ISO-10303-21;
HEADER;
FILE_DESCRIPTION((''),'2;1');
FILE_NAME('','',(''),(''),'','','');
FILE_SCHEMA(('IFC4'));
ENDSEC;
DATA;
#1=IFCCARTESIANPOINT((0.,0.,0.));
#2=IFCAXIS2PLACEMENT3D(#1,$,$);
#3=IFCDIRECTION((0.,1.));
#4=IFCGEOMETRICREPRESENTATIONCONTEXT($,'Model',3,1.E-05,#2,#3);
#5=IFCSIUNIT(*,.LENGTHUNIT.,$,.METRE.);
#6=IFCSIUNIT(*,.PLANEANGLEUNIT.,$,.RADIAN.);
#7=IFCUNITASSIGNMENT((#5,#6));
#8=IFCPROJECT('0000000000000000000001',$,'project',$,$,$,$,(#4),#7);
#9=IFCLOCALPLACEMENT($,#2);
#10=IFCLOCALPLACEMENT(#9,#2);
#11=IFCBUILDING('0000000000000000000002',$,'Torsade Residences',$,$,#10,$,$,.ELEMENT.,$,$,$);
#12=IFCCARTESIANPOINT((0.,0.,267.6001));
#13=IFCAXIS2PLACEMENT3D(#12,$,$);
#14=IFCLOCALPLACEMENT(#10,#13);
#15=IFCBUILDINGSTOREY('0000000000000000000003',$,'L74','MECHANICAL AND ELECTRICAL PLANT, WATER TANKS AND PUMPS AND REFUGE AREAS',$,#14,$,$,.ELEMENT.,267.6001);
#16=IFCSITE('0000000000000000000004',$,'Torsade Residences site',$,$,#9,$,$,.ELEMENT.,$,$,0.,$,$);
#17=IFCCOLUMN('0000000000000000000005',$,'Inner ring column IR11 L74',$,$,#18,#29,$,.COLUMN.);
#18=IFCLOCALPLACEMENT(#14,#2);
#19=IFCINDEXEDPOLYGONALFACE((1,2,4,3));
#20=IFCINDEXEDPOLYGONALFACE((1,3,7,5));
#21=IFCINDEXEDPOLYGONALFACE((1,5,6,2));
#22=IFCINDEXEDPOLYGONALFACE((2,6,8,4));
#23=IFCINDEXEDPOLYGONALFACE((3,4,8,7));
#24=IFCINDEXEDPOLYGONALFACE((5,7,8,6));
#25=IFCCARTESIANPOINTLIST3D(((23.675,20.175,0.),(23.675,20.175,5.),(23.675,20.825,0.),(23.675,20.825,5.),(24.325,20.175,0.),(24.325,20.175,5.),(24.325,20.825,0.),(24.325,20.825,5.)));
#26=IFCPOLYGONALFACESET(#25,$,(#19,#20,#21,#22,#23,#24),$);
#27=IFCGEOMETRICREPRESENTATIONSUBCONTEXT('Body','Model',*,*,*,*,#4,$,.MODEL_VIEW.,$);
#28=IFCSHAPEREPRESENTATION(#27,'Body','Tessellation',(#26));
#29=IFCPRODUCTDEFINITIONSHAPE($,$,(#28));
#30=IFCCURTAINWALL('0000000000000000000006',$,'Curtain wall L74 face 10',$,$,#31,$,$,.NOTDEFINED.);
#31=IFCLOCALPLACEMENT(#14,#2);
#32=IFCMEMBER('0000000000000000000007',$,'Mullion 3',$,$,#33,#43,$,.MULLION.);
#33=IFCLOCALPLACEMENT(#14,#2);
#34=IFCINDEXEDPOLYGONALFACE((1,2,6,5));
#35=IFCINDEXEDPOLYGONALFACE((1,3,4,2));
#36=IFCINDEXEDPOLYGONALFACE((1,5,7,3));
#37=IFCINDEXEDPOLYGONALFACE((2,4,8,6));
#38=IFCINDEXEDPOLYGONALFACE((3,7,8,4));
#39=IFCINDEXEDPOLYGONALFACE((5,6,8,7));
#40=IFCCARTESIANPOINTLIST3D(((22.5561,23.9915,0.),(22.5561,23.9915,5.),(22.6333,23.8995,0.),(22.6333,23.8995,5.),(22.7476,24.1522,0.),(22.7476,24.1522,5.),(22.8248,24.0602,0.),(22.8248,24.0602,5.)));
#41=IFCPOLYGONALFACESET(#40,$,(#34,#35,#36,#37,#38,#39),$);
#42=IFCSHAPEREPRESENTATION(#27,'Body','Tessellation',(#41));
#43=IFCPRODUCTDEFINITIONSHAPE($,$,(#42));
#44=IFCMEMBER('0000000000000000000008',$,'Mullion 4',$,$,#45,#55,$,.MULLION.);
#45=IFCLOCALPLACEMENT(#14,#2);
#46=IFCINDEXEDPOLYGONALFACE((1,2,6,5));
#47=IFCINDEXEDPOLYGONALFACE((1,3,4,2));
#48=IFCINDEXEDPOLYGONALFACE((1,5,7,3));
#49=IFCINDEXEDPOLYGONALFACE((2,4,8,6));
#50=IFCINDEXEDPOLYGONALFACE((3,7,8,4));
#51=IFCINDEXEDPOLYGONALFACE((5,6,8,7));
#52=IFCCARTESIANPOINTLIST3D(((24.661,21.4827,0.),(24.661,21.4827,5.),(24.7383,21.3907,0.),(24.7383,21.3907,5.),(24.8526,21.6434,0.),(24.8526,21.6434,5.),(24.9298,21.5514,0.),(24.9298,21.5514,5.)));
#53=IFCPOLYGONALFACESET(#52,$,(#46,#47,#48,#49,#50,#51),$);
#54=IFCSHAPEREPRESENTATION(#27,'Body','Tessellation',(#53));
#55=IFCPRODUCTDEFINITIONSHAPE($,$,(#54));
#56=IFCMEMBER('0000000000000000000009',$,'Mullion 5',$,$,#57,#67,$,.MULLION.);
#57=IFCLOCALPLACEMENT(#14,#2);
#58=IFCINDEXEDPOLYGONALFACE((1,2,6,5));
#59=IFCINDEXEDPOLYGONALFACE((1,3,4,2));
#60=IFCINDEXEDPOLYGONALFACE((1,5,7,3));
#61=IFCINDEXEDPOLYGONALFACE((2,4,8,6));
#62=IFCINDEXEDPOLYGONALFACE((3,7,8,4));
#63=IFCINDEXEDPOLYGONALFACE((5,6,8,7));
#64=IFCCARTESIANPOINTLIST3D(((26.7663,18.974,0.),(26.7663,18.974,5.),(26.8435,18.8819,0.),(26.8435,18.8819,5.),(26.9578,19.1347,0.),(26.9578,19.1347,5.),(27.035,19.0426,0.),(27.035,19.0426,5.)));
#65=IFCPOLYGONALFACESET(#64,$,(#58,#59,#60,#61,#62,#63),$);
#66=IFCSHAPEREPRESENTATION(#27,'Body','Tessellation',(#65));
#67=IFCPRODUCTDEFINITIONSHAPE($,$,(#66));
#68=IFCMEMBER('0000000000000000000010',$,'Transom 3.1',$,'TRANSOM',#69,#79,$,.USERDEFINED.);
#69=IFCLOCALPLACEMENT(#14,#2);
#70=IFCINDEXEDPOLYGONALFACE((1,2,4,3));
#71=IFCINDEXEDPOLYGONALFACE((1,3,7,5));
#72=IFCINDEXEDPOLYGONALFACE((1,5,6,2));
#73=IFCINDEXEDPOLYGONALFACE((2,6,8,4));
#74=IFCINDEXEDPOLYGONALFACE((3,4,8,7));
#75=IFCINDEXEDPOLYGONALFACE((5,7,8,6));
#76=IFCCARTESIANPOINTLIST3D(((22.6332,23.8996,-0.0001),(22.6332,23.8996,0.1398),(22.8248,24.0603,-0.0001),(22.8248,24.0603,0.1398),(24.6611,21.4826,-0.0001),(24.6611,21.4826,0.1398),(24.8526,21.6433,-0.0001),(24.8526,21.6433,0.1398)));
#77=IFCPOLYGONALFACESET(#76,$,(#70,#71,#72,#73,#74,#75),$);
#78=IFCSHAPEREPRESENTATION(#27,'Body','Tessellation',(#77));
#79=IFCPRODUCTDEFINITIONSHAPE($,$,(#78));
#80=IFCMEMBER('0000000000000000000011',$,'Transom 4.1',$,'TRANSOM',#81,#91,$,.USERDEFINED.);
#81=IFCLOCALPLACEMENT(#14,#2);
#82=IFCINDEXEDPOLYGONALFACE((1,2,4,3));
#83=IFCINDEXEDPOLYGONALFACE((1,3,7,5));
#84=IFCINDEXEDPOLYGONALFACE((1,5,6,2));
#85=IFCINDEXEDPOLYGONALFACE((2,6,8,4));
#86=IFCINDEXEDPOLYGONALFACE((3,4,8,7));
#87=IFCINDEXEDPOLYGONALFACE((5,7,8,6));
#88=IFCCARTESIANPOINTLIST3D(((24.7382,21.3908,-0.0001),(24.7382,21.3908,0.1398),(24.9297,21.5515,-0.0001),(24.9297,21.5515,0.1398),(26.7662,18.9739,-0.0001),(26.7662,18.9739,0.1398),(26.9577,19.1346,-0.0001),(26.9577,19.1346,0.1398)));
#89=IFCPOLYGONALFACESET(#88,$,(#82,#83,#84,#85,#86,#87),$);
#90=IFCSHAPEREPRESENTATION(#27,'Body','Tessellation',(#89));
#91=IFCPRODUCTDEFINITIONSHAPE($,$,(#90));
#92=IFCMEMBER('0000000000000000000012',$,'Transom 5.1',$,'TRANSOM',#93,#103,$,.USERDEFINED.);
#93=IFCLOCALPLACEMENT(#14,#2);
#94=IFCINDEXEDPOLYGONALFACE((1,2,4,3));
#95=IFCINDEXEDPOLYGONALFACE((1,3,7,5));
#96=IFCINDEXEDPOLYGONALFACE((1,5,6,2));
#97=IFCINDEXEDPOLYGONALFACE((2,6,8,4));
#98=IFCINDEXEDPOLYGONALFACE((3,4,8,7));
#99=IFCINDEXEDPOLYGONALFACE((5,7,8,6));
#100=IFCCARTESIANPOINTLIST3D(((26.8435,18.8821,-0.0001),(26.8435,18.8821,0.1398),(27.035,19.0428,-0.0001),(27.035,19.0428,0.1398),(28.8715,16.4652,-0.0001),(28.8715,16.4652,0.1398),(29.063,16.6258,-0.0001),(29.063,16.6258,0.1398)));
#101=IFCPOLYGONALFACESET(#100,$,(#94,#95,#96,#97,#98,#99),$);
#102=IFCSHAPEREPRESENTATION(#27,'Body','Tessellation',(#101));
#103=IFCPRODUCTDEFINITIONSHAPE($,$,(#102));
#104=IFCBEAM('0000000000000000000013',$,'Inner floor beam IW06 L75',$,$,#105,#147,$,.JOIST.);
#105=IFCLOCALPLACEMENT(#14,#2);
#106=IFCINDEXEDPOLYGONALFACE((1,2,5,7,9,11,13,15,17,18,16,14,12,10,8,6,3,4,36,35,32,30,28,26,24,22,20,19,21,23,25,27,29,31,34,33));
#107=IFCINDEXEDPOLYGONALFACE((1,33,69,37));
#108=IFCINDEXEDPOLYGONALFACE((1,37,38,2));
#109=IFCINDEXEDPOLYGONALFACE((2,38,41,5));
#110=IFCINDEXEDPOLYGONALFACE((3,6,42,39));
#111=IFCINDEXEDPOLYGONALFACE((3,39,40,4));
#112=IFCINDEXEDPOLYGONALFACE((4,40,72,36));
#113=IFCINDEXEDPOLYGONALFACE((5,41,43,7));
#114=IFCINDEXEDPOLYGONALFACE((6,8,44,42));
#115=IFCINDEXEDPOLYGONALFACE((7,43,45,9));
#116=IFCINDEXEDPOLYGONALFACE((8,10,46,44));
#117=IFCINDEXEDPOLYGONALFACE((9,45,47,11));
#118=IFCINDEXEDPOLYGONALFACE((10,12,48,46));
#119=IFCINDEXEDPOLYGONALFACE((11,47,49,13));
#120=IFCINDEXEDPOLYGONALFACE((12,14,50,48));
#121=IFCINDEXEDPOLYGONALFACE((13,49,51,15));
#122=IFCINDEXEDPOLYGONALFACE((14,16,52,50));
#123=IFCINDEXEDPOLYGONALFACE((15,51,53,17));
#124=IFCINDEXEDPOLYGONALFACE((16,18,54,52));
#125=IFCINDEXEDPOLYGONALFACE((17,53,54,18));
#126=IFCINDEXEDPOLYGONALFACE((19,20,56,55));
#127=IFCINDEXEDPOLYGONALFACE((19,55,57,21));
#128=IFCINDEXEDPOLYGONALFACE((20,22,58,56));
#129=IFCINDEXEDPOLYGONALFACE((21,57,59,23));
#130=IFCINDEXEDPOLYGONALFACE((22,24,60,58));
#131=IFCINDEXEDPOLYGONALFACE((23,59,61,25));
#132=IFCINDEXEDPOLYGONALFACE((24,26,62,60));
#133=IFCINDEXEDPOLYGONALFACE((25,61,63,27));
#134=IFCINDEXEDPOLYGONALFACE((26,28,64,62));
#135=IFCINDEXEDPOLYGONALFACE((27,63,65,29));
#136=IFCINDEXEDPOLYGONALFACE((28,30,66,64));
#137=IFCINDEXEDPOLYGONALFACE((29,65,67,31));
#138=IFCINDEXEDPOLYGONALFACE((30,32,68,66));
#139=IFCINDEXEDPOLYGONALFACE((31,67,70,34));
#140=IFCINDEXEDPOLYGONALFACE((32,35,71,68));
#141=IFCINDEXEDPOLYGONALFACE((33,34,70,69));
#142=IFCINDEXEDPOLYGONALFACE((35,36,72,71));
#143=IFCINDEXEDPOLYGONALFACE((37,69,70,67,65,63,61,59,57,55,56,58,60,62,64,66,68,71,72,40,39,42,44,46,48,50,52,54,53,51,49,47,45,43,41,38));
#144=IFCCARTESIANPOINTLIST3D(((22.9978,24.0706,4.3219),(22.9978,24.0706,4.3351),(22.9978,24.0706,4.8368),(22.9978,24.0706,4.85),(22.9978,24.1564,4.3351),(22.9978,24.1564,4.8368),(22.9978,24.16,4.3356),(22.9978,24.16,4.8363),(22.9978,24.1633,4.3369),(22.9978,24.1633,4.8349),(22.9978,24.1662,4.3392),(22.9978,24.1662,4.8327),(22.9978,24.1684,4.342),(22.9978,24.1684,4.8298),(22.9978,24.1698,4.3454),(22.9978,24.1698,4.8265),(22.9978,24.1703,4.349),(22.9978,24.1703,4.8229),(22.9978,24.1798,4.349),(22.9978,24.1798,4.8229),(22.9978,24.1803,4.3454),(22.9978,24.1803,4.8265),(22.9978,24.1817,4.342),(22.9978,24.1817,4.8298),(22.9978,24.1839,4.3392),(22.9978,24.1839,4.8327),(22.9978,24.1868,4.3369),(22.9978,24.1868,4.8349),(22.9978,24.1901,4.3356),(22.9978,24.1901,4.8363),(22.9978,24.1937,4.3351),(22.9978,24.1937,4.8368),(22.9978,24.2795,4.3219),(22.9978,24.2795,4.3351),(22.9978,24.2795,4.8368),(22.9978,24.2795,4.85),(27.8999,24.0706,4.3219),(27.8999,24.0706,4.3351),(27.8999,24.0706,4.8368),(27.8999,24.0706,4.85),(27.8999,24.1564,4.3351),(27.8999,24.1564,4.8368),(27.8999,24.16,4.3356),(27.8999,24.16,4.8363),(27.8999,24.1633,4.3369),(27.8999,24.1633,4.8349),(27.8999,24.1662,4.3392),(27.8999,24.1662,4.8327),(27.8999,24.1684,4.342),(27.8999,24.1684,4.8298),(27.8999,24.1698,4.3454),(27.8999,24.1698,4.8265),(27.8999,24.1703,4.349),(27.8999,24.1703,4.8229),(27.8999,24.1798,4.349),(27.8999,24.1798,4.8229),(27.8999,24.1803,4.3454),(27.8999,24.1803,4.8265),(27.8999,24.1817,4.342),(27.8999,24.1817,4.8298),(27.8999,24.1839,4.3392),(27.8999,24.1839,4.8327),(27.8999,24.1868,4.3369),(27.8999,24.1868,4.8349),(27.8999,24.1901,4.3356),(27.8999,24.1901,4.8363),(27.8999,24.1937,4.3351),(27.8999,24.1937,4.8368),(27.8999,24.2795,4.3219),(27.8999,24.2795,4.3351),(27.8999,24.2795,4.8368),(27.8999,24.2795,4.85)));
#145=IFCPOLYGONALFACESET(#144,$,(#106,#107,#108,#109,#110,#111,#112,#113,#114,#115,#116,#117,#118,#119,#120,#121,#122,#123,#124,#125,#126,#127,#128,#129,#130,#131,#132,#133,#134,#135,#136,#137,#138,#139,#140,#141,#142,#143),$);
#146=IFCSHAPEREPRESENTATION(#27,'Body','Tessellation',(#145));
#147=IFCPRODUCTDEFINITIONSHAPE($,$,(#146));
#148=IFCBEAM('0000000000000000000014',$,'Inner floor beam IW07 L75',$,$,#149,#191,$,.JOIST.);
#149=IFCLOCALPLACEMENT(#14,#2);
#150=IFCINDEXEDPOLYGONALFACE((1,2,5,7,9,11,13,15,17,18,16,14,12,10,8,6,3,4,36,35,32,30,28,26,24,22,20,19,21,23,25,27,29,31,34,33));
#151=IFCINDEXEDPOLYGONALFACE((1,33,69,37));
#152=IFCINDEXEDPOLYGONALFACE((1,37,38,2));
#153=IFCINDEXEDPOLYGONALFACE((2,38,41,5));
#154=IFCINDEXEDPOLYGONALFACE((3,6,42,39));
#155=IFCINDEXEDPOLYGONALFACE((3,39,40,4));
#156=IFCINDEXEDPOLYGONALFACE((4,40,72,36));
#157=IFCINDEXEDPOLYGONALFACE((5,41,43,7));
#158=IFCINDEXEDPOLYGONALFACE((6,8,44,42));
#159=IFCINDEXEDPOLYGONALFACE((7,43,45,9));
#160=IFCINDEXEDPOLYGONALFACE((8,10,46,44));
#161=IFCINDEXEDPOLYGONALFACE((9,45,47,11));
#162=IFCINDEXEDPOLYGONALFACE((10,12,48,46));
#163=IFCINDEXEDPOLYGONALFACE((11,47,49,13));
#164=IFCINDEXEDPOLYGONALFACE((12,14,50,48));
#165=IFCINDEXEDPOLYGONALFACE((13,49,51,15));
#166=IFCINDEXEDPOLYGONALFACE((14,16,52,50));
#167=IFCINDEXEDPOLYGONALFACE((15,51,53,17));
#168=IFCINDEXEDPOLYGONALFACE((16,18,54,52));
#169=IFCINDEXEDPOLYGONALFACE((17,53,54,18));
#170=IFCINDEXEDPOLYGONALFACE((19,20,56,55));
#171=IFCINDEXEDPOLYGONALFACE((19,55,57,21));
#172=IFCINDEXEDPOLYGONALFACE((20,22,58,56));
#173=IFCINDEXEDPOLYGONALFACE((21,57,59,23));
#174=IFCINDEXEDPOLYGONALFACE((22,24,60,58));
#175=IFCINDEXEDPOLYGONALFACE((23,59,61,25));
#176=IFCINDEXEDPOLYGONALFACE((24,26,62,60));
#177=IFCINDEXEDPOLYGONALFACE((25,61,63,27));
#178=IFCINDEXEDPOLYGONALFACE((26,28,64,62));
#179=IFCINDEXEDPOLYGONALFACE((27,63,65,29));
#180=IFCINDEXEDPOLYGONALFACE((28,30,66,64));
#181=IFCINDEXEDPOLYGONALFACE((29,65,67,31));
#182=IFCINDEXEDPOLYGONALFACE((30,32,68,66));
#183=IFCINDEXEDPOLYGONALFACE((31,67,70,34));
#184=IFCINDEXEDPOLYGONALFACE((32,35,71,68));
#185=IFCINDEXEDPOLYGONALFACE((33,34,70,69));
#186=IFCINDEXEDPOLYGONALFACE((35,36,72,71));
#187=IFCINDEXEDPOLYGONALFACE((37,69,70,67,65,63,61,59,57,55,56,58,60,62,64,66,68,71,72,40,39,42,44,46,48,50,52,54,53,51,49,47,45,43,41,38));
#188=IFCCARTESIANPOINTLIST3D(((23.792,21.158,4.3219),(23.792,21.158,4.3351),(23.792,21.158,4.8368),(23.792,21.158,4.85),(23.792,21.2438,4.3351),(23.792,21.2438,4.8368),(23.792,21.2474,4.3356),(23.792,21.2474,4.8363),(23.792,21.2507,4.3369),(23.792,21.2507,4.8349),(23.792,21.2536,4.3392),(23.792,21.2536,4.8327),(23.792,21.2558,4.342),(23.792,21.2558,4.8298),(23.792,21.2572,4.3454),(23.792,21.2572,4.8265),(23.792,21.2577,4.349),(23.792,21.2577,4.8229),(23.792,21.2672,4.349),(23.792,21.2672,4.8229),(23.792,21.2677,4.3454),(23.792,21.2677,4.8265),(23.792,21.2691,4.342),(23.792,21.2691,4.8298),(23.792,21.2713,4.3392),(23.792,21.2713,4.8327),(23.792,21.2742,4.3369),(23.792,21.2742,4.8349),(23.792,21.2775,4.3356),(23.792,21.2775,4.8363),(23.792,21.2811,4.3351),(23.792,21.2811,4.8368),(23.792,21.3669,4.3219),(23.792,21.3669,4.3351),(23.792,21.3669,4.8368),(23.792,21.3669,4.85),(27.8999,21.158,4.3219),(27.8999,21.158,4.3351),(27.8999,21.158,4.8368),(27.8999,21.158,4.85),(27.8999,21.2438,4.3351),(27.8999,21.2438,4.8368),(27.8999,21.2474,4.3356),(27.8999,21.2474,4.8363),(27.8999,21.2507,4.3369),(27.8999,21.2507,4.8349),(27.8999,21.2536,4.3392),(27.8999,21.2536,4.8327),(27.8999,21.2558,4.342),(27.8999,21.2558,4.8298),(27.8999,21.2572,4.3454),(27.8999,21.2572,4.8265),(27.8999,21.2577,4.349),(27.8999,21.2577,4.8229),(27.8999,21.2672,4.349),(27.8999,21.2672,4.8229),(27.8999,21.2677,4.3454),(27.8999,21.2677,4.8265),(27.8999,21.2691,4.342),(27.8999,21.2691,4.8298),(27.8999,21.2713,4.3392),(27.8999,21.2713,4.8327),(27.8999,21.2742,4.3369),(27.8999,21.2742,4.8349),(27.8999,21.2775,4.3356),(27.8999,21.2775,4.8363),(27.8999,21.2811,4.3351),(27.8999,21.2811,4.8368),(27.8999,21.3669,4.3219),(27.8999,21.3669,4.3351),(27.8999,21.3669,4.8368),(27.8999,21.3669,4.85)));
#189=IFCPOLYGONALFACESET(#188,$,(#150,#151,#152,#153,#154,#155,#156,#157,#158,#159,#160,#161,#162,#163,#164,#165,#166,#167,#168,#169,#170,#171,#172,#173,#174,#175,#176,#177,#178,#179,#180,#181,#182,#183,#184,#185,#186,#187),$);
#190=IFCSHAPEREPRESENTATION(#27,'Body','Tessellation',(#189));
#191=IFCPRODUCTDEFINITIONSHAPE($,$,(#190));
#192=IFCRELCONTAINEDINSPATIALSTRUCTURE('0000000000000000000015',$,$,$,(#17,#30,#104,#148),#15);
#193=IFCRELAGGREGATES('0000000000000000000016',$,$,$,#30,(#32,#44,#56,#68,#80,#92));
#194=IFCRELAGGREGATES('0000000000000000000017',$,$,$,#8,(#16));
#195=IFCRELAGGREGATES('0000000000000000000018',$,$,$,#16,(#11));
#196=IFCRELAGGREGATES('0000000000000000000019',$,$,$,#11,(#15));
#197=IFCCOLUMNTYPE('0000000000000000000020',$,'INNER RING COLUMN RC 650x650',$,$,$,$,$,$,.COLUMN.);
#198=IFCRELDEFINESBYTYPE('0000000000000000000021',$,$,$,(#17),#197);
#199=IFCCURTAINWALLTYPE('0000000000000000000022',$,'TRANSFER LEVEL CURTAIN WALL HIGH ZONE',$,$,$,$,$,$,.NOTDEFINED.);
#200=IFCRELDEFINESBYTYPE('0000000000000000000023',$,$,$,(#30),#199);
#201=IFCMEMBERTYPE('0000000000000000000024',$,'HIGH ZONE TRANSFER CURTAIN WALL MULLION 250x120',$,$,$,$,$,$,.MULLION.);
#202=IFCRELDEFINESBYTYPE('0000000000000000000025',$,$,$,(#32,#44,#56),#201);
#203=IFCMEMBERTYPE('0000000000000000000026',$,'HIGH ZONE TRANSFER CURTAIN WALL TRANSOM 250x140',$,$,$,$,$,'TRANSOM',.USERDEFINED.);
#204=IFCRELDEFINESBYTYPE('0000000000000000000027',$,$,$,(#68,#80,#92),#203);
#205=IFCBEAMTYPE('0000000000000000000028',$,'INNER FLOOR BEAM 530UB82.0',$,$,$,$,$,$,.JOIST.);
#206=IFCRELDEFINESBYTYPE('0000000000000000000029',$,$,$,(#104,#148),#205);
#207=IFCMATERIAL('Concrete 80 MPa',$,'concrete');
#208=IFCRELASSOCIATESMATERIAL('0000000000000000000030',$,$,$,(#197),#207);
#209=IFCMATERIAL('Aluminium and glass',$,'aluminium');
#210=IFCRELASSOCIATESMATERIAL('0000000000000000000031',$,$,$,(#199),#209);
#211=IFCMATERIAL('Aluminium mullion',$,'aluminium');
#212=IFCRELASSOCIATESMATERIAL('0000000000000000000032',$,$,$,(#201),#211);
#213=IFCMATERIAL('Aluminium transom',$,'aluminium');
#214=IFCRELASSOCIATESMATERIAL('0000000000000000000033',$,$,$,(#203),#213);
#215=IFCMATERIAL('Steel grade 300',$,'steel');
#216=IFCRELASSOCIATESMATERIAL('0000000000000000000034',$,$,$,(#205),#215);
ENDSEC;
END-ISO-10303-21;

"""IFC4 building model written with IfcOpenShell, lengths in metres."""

from ifc_helpers import new_model, si_unit, direction, frame, origin, origin_2d, place, context, subcontext, project, spatial, rectangle, i_section, extrude, material, material_profile, profile_set, type_object, element, aggregate, save


model = new_model("IFC4")

# Units and contexts
model_context = context("Model", 3, precision=1e-05, world=origin(), true_north=direction((0.0, 1.0)))
body_context = subcontext(model_context, "Body", "Model", "MODEL_VIEW")
ifc_project = project(units=[si_unit("LENGTHUNIT", "METRE"), si_unit("PLANEANGLEUNIT", "RADIAN")], contexts=[model_context])

# Site, building, storey
site_placement = place(None, origin())
site = spatial("IfcSite", under=ifc_project, at=site_placement, Name="Torsade Residences site", CompositionType="ELEMENT", RefElevation=0.0)
building_placement = place(site_placement, origin())
building = spatial("IfcBuilding", under=site, at=building_placement, Name="Torsade Residences", CompositionType="ELEMENT")
storey_placement = place(building_placement, frame((0.0, 0.0, 267.6001)))
storey = spatial("IfcBuildingStorey", under=building, at=storey_placement, Name="L74", Description="MECHANICAL AND ELECTRICAL PLANT, WATER TANKS AND PUMPS AND REFUGE AREAS", CompositionType="ELEMENT", Elevation=267.6001)

# Column
ifc_material_1 = material(Name="Concrete 80 MPa", Category="concrete")
ifc_material_profile_1 = material_profile(ifc_material_1, rectangle(XDim=0.6499, YDim=0.6499, at=origin_2d()), Name="RC 650x650")
ifc_profile_set_1 = profile_set([ifc_material_profile_1], Name="Concrete 80 MPa")
column_type = type_object("IfcColumnType", Name="INNER RING COLUMN RC 650x650", PredefinedType="COLUMN", material=ifc_profile_set_1)
column_placement = place(storey_placement, frame((24.0, 20.5, 0.0), z_axis=(0.0, 0.0, 1.0), x_axis=(1.0, 0.0, 0.0)))
element("IfcColumn", 1, at=column_placement, inside=storey, type_object=column_type, Name="Inner ring column IR11 L74", PredefinedType="COLUMN", context=body_context, shape_type="SweptSolid", body=[
    extrude(rectangle(XDim=0.6499, YDim=0.6499, at=origin_2d()), origin(), (0.0, 0.0, 1.0), 5.0),
])

# Curtain wall, members
ifc_material_2 = material(Name="Aluminium and glass", Category="aluminium")
curtain_wall_type = type_object("IfcCurtainWallType", Name="TRANSFER LEVEL CURTAIN WALL HIGH ZONE", PredefinedType="NOTDEFINED", material=ifc_material_2)
curtain_wall_placement = place(storey_placement, origin())
curtain_wall = element("IfcCurtainWall", 2, at=curtain_wall_placement, inside=storey, type_object=curtain_wall_type, Name="Curtain wall L74 face 10", PredefinedType="NOTDEFINED")
ifc_material_3 = material(Name="Aluminium mullion", Category="aluminium")
ifc_material_profile_2 = material_profile(ifc_material_3, rectangle(XDim=0.25, YDim=0.1201, at=origin_2d()), Name="HIGH ZONE TRANSFER CURTAIN WALL MULLION 250x120")
ifc_profile_set_2 = profile_set([ifc_material_profile_2], Name="Aluminium mullion")
member_type_1 = type_object("IfcMemberType", Name="HIGH ZONE TRANSFER CURTAIN WALL MULLION 250x120", PredefinedType="MULLION", material=ifc_profile_set_2)
member_1_placement = place(storey_placement, frame((22.6904, 24.0259, 0.0), z_axis=(0.0, 0.0, 1.0), x_axis=(0.766044, 0.642788, 0.0)))
member_1 = element("IfcMember", 3, at=member_1_placement, type_object=member_type_1, Name="Mullion 3", PredefinedType="MULLION", context=body_context, shape_type="SweptSolid", body=[
    extrude(rectangle(XDim=0.25, YDim=0.1201, at=origin_2d()), origin(), (0.0, 0.0, 1.0), 5.0),
])
member_2_placement = place(storey_placement, frame((24.7954, 21.5171, 0.0), z_axis=(0.0, 0.0, 1.0), x_axis=(0.766044, 0.642788, 0.0)))
member_2 = element("IfcMember", 4, at=member_2_placement, type_object=member_type_1, Name="Mullion 4", PredefinedType="MULLION", context=body_context, shape_type="SweptSolid", body=[
    extrude(rectangle(XDim=0.25, YDim=0.1201, at=origin_2d()), origin(), (0.0, 0.0, 1.0), 5.0),
])
member_3_placement = place(storey_placement, frame((26.9006, 19.0083, 0.0), z_axis=(0.0, 0.0, 1.0), x_axis=(0.766044, 0.642788, 0.0)))
member_3 = element("IfcMember", 5, at=member_3_placement, type_object=member_type_1, Name="Mullion 5", PredefinedType="MULLION", context=body_context, shape_type="SweptSolid", body=[
    extrude(rectangle(XDim=0.25, YDim=0.1201, at=origin_2d()), origin(), (0.0, 0.0, 1.0), 5.0),
])
ifc_material_4 = material(Name="Aluminium transom", Category="aluminium")
ifc_material_profile_3 = material_profile(ifc_material_4, rectangle(XDim=0.25, YDim=0.1399, at=origin_2d()), Name="HIGH ZONE TRANSFER CURTAIN WALL TRANSOM 250x140")
ifc_profile_set_3 = profile_set([ifc_material_profile_3], Name="Aluminium transom")
member_type_2 = type_object("IfcMemberType", Name="HIGH ZONE TRANSFER CURTAIN WALL TRANSOM 250x140", ElementType="TRANSOM", PredefinedType="USERDEFINED", material=ifc_profile_set_3)
member_4_placement = place(storey_placement, frame((22.729, 23.98, 0.0698), z_axis=(0.642738, -0.766086, 0.0), x_axis=(0.766086, 0.642738, 0.0)))
member_4 = element("IfcMember", 6, at=member_4_placement, type_object=member_type_2, Name="Transom 3.1", ObjectType="TRANSOM", PredefinedType="USERDEFINED", context=body_context, shape_type="SweptSolid", body=[
    extrude(rectangle(XDim=0.25, YDim=0.1399, at=origin_2d()), origin(), (0.0, 0.0, 1.0), 3.155),
])
member_5_placement = place(storey_placement, frame((24.834, 21.4712, 0.0698), z_axis=(0.642784, -0.766048, 0.0), x_axis=(0.766048, 0.642784, 0.0)))
member_5 = element("IfcMember", 7, at=member_5_placement, type_object=member_type_2, Name="Transom 4.1", ObjectType="TRANSOM", PredefinedType="USERDEFINED", context=body_context, shape_type="SweptSolid", body=[
    extrude(rectangle(XDim=0.25, YDim=0.1399, at=origin_2d()), origin(), (0.0, 0.0, 1.0), 3.155),
])
member_6_placement = place(storey_placement, frame((26.9392, 18.9624, 0.0698), z_axis=(0.642784, -0.766048, 0.0), x_axis=(0.766048, 0.642784, 0.0)))
member_6 = element("IfcMember", 8, at=member_6_placement, type_object=member_type_2, Name="Transom 5.1", ObjectType="TRANSOM", PredefinedType="USERDEFINED", context=body_context, shape_type="SweptSolid", body=[
    extrude(rectangle(XDim=0.25, YDim=0.1399, at=origin_2d()), origin(), (0.0, 0.0, 1.0), 3.155),
])

# Beams
ifc_material_5 = material(Name="Steel grade 300", Category="steel")
ifc_material_profile_4 = material_profile(ifc_material_5, i_section(OverallWidth=0.209, OverallDepth=0.5281, WebThickness=0.0095, FlangeThickness=0.0132, FilletRadius=0.0139, at=origin_2d()), Name="530UB82.0")
ifc_profile_set_4 = profile_set([ifc_material_profile_4], Name="Steel grade 300")
beam_type_1 = type_object("IfcBeamType", Name="INNER FLOOR BEAM 530UB82.0", PredefinedType="JOIST", material=ifc_profile_set_4)
beam_1_placement = place(storey_placement, frame((27.8999, 24.175, 4.5859), z_axis=(-1.0, 0.0, 0.0), x_axis=(0.0, -1.0, 0.0)))
element("IfcBeam", 9, at=beam_1_placement, inside=storey, type_object=beam_type_1, Name="Inner floor beam IW06 L75", PredefinedType="JOIST", context=body_context, shape_type="SweptSolid", body=[
    extrude(i_section(OverallWidth=0.209, OverallDepth=0.5281, WebThickness=0.0095, FlangeThickness=0.0132, FilletRadius=0.0139, at=origin_2d()), origin(), (0.0, 0.0, 1.0), 4.9021),
])
beam_2_placement = place(storey_placement, frame((27.8999, 21.2625, 4.5859), z_axis=(-1.0, 0.0, 0.0), x_axis=(0.0, -1.0, 0.0)))
element("IfcBeam", 10, at=beam_2_placement, inside=storey, type_object=beam_type_1, Name="Inner floor beam IW07 L75", PredefinedType="JOIST", context=body_context, shape_type="SweptSolid", body=[
    extrude(i_section(OverallWidth=0.209, OverallDepth=0.5281, WebThickness=0.0095, FlangeThickness=0.0132, FilletRadius=0.0139, at=origin_2d()), origin(), (0.0, 0.0, 1.0), 4.1079),
])

aggregate(curtain_wall, [member_1, member_2, member_3, member_4, member_5, member_6])

save(model, "model.ifc")
